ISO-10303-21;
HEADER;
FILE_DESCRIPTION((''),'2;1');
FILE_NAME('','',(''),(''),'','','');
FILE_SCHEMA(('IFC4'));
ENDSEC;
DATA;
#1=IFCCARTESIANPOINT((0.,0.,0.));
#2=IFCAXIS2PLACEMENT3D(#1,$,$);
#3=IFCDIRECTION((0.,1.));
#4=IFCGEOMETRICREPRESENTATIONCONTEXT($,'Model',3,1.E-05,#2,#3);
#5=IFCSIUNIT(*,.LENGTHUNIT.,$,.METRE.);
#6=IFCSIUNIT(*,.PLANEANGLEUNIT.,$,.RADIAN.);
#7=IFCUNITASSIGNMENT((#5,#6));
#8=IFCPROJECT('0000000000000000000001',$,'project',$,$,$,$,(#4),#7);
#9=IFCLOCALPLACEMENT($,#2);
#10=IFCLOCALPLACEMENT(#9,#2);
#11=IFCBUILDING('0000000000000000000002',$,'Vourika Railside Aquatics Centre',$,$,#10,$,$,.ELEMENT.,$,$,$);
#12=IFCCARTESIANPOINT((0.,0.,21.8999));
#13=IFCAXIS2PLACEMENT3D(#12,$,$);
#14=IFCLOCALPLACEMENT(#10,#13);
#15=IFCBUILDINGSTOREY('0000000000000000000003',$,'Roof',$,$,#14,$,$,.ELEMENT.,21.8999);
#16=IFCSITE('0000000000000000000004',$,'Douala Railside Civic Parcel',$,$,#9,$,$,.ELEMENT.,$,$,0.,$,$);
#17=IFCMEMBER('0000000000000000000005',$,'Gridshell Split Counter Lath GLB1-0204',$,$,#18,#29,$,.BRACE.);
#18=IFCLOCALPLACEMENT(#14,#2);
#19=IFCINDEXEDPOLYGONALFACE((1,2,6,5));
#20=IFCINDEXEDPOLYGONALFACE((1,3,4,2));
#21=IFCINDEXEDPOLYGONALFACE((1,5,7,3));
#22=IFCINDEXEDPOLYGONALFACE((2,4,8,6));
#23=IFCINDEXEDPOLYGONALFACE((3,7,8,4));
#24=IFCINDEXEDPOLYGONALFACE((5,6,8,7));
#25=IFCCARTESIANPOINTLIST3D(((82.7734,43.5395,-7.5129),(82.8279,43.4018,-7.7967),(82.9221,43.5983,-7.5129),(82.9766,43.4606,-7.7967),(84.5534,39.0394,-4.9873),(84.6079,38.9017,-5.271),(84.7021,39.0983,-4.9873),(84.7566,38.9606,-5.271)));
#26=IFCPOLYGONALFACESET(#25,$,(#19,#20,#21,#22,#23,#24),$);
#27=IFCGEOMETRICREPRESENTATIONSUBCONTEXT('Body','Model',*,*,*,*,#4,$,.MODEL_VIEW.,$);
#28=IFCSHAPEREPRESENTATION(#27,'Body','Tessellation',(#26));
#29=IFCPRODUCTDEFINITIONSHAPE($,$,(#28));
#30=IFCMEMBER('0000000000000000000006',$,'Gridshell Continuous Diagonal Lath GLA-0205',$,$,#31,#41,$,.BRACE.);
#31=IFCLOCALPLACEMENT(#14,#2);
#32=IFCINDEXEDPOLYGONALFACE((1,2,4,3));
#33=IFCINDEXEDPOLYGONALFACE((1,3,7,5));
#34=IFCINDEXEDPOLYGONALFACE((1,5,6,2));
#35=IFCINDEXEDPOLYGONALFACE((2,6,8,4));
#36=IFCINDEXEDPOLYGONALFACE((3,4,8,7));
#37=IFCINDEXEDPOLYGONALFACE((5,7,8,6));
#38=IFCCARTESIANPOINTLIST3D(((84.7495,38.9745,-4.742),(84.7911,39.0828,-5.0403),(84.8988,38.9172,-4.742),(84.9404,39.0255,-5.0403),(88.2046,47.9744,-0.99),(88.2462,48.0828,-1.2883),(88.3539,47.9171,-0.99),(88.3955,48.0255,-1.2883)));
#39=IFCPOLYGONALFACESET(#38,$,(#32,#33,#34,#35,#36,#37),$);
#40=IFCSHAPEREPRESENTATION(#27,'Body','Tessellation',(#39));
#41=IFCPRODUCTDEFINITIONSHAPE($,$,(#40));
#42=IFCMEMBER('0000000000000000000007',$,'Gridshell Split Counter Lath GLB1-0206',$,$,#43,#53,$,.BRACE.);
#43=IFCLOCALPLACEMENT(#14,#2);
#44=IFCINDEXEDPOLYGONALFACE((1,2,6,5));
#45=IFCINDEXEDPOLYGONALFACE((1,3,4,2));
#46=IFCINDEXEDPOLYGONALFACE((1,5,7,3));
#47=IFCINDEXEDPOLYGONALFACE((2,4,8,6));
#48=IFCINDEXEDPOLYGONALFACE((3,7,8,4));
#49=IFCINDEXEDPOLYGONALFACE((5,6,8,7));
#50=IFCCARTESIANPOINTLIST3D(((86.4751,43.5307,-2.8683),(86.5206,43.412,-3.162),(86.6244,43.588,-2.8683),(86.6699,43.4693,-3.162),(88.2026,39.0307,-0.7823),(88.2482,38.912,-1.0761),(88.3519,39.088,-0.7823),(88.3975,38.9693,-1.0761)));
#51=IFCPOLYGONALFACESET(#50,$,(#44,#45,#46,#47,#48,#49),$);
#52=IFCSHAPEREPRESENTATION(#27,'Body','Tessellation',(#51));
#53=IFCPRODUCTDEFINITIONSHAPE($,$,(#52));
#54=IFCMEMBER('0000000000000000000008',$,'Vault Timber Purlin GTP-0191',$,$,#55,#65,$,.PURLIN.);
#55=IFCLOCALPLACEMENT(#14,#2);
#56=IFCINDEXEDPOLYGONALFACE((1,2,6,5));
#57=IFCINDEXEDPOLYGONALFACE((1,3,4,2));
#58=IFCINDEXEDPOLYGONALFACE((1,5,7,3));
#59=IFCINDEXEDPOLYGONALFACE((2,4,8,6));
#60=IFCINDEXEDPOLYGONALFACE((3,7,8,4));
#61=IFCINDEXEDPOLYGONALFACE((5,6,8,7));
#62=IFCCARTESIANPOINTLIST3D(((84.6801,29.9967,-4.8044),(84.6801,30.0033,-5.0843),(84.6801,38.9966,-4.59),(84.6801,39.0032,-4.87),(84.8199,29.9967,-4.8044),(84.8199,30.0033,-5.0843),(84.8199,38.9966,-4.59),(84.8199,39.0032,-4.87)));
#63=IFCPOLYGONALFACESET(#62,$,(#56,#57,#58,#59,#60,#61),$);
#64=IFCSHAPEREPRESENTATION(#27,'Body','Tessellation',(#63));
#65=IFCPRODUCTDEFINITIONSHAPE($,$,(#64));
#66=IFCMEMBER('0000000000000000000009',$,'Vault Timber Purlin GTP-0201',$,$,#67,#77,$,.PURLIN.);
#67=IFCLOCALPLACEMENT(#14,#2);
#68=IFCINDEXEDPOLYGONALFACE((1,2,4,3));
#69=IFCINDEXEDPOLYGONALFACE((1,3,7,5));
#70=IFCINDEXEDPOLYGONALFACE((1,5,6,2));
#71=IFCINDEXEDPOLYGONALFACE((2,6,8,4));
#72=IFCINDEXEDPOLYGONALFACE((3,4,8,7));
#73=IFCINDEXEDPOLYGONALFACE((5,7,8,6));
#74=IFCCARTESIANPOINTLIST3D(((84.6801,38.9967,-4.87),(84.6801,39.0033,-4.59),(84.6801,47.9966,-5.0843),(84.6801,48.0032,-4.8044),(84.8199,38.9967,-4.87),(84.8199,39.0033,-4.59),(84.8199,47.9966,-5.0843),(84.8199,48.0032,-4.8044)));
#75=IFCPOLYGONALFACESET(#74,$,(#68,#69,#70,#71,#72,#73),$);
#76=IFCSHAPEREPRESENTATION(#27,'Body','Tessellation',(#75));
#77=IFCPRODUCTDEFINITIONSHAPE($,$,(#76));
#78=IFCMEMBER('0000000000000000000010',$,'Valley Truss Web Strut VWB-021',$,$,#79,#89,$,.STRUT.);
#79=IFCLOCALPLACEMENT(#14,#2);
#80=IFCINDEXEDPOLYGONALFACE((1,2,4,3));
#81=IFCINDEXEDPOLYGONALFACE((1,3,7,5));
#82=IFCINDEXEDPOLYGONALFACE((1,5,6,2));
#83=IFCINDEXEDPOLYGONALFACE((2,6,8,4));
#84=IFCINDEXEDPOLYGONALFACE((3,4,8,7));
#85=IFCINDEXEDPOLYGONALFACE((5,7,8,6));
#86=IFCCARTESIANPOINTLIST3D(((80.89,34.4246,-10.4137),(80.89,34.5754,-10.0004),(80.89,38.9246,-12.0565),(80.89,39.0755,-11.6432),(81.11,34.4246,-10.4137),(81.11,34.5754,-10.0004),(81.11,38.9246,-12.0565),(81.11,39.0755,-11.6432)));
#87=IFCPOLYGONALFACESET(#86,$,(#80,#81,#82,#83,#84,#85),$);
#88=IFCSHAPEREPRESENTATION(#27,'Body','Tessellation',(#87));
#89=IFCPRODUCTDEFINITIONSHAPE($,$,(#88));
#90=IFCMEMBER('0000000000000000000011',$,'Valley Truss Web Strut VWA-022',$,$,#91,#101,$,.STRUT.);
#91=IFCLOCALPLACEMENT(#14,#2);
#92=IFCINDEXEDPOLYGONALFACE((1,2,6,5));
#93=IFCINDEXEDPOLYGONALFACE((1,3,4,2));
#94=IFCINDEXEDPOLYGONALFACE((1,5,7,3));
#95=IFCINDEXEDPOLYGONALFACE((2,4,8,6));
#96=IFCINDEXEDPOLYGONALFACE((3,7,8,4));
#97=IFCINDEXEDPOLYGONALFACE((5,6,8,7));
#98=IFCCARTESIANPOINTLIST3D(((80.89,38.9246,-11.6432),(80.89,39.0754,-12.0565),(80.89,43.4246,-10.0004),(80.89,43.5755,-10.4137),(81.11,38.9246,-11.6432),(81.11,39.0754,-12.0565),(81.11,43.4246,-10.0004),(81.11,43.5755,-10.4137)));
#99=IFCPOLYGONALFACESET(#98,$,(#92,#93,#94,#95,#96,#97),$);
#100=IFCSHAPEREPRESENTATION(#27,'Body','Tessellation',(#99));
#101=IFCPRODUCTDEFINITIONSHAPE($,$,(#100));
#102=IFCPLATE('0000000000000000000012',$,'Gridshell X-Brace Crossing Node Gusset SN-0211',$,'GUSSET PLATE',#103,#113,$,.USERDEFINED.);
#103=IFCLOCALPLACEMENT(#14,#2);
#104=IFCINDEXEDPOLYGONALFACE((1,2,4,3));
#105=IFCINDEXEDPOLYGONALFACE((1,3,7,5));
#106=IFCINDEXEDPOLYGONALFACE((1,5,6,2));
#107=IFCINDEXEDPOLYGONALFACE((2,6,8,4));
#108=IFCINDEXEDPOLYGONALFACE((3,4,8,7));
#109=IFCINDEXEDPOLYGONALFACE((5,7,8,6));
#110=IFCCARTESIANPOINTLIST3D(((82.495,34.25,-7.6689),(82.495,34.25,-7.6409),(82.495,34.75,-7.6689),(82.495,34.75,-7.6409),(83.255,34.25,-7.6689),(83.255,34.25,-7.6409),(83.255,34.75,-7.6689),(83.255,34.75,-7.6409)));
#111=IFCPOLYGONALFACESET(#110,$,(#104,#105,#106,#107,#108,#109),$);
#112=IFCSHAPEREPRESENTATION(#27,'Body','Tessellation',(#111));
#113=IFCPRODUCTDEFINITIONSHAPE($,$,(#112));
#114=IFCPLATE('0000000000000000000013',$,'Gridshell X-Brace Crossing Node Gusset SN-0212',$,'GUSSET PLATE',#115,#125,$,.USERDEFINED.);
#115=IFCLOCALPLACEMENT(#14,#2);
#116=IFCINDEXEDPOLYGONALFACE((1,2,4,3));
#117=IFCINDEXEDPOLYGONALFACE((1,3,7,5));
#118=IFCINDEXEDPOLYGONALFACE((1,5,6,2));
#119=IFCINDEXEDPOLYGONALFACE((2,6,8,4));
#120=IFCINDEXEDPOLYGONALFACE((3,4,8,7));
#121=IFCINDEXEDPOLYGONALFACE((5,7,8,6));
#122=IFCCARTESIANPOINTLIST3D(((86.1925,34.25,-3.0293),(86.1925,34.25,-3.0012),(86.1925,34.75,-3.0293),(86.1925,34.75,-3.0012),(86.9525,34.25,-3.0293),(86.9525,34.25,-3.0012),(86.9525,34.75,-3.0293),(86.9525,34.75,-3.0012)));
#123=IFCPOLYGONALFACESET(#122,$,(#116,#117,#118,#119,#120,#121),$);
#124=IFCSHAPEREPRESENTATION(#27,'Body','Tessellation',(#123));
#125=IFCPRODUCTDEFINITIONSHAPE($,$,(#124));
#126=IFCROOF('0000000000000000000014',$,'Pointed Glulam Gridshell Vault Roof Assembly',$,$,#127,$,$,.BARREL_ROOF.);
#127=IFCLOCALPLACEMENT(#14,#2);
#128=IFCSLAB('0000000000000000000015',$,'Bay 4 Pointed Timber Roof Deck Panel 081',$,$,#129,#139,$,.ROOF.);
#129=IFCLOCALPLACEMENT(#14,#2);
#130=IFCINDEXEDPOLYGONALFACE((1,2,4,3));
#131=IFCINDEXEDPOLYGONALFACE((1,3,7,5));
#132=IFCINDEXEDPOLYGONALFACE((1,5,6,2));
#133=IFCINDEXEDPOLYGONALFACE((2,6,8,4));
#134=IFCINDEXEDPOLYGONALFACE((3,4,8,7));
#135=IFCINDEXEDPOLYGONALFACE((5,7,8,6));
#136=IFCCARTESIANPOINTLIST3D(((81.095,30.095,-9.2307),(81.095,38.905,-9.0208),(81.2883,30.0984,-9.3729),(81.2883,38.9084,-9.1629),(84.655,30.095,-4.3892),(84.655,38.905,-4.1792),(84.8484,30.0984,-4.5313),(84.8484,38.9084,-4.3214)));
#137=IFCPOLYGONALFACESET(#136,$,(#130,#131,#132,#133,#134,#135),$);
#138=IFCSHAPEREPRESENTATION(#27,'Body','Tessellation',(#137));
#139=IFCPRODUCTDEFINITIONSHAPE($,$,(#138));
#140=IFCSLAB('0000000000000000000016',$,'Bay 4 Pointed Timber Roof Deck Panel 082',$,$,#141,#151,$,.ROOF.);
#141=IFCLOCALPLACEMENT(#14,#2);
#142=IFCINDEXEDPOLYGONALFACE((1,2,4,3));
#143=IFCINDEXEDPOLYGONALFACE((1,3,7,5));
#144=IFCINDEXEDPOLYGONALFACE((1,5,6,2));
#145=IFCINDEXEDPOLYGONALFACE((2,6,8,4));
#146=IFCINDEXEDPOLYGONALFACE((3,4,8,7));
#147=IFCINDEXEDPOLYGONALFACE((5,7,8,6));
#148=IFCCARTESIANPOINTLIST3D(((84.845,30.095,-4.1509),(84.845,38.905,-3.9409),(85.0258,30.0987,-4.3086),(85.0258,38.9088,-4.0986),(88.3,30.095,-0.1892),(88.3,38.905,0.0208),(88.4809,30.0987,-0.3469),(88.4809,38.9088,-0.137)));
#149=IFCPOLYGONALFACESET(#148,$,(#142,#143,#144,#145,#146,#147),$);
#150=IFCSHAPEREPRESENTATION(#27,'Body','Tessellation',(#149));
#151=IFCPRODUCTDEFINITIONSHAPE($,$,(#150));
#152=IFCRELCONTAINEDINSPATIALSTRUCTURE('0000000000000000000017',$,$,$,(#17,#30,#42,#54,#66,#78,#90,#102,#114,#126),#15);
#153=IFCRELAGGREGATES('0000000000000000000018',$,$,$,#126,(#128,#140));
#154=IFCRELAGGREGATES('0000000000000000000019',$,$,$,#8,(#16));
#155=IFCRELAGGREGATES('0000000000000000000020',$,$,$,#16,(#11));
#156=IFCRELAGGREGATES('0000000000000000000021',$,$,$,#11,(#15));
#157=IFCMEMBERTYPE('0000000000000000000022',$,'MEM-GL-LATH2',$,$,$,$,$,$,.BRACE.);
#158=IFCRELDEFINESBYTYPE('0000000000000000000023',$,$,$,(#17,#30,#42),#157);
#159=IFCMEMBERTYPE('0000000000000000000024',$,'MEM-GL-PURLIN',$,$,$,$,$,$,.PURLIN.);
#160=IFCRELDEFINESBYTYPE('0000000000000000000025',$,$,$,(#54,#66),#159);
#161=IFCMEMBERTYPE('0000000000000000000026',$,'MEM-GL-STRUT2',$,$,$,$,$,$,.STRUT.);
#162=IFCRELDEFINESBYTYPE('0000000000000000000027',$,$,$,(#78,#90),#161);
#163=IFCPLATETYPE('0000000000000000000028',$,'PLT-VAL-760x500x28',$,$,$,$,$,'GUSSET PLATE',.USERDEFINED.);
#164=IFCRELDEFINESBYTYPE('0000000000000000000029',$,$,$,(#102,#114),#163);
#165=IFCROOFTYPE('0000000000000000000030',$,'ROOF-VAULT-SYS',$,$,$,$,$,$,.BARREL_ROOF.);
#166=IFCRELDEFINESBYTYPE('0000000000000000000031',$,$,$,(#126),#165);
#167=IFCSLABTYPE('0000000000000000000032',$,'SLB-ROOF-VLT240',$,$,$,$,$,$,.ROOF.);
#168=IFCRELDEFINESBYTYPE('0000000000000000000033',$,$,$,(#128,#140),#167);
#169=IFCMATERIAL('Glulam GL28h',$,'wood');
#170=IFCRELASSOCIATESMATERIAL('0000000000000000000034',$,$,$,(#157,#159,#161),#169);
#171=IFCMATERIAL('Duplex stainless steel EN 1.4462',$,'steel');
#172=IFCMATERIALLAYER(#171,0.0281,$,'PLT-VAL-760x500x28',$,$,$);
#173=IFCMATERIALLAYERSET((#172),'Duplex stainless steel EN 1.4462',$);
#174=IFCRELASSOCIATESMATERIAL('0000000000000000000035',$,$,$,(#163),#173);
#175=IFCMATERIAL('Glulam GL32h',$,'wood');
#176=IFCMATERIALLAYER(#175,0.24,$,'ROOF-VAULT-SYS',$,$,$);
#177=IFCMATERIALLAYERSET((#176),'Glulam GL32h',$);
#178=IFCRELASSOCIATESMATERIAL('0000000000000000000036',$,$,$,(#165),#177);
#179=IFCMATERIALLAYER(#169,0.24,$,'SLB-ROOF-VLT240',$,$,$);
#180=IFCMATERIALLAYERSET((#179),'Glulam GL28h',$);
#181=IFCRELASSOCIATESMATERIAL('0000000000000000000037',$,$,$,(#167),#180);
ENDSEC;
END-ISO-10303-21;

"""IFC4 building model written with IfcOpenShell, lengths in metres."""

from ifc_helpers import new_model, si_unit, direction, frame, origin, origin_2d, place, context, subcontext, project, spatial, polyline, rectangle, outline, extrude, material, layer, layer_set, material_profile, profile_set, type_object, element, aggregate, save


model = new_model("IFC4")

# Units and contexts
model_context = context("Model", 3, precision=1e-05, world=origin(), true_north=direction((0.0, 1.0)))
body_context = subcontext(model_context, "Body", "Model", "MODEL_VIEW")
ifc_project = project(units=[si_unit("LENGTHUNIT", "METRE"), si_unit("PLANEANGLEUNIT", "RADIAN")], contexts=[model_context])

# Site, building, storey
site_placement = place(None, origin())
site = spatial("IfcSite", under=ifc_project, at=site_placement, Name="Douala Railside Civic Parcel", CompositionType="ELEMENT", RefElevation=0.0)
building_placement = place(site_placement, origin())
building = spatial("IfcBuilding", under=site, at=building_placement, Name="Vourika Railside Aquatics Centre", CompositionType="ELEMENT")
storey_placement = place(building_placement, frame((0.0, 0.0, 21.8999)))
storey = spatial("IfcBuildingStorey", under=building, at=storey_placement, Name="Roof", CompositionType="ELEMENT", Elevation=21.8999)

# Shared definitions
ifc_material_1 = material(Name="Glulam GL32h", Category="wood")

# Members
ifc_material_2 = material(Name="Glulam GL28h", Category="wood")
ifc_material_profile_1 = material_profile(ifc_material_2, rectangle(XDim=0.1599, YDim=0.3201, at=origin_2d()), Name="GL28h 160x320")
ifc_profile_set_1 = profile_set([ifc_material_profile_1], Name="Glulam GL28h")
member_type_1 = type_object("IfcMemberType", Name="MEM-GL-LATH2", PredefinedType="BRACE", material=ifc_profile_set_1)
member_1_placement = place(storey_placement, frame((84.655, 39.0, -5.1292), z_axis=(-0.326091, 0.824373, -0.462681), x_axis=(-0.929893, -0.36783, 0.0)))
element("IfcMember", 1, at=member_1_placement, inside=storey, type_object=member_type_1, Name="Gridshell Split Counter Lath GLB1-0204", PredefinedType="BRACE", context=body_context, shape_type="SweptSolid", body=[
    extrude(rectangle(XDim=0.1599, YDim=0.3201, at=origin_2d()), origin(), (0.0, 0.0, 1.0), 5.4587),
])
member_2_placement = place(storey_placement, frame((84.845, 39.0, -4.8911), z_axis=(0.333992, 0.870003, 0.36269), x_axis=(-0.93357, 0.358395, 0.0)))
element("IfcMember", 2, at=member_2_placement, inside=storey, type_object=member_type_1, Name="Gridshell Continuous Diagonal Lath GLA-0205", PredefinedType="BRACE", context=body_context, shape_type="SweptSolid", body=[
    extrude(rectangle(XDim=0.1599, YDim=0.3201, at=origin_2d()), origin(), (0.0, 0.0, 1.0), 10.3447),
])
member_3_placement = place(storey_placement, frame((88.3, 39.0, -0.9292), z_axis=(-0.328918, 0.856785, -0.397156), x_axis=(-0.93357, -0.358395, 0.0)))
element("IfcMember", 3, at=member_3_placement, inside=storey, type_object=member_type_1, Name="Gridshell Split Counter Lath GLB1-0206", PredefinedType="BRACE", context=body_context, shape_type="SweptSolid", body=[
    extrude(rectangle(XDim=0.1599, YDim=0.3201, at=origin_2d()), origin(), (0.0, 0.0, 1.0), 5.2522),
])
ifc_material_profile_2 = material_profile(ifc_material_2, rectangle(XDim=0.1399, YDim=0.28, at=origin_2d()), Name="GL28h 140x280")
ifc_profile_set_2 = profile_set([ifc_material_profile_2], Name="Glulam GL28h")
member_type_2 = type_object("IfcMemberType", Name="MEM-GL-PURLIN", PredefinedType="PURLIN", material=ifc_profile_set_2)
for number, where, z_axis, x_axis, name in (
    (4, (84.75, 30.0, -4.9443), (0.0, 0.999716, 0.023811), (-1.0, 0.0, 0.0), "Vault Timber Purlin GTP-0191"),
    (5, (84.75, 39.0, -4.73), (0.0, 0.999716, -0.023811), (-1.0, 0.0, 0.0), "Vault Timber Purlin GTP-0201"),
):
    element("IfcMember", number, at=place(storey_placement, frame(where, z_axis=z_axis, x_axis=x_axis)), inside=storey, type_object=member_type_2, Name=name, PredefinedType="PURLIN", context=body_context, shape_type="SweptSolid", body=[
        extrude(rectangle(XDim=0.1399, YDim=0.28, at=origin_2d()), origin(), (0.0, 0.0, 1.0), 9.0024),
    ])
ifc_material_profile_3 = material_profile(ifc_material_2, rectangle(XDim=0.22, YDim=0.4399, at=origin_2d()), Name="GL28h 220x440")
ifc_profile_set_3 = profile_set([ifc_material_profile_3], Name="Glulam GL28h")
member_type_3 = type_object("IfcMemberType", Name="MEM-GL-STRUT2", PredefinedType="STRUT", material=ifc_profile_set_3)
for number, where, z_axis, x_axis, name in (
    (6, (81.0, 34.5, -10.207), (0.0, 0.93936, -0.342934), (-1.0, 0.0, 0.0), "Valley Truss Web Strut VWB-021"),
    (7, (81.0, 39.0, -11.8499), (0.0, 0.93936, 0.342934), (-1.0, 0.0, 0.0), "Valley Truss Web Strut VWA-022"),
):
    element("IfcMember", number, at=place(storey_placement, frame(where, z_axis=z_axis, x_axis=x_axis)), inside=storey, type_object=member_type_3, Name=name, PredefinedType="STRUT", context=body_context, shape_type="SweptSolid", body=[
        extrude(rectangle(XDim=0.22, YDim=0.4399, at=origin_2d()), origin(), (0.0, 0.0, 1.0), 4.7905),
    ])

# Plates
ifc_material_3 = material(Name="Duplex stainless steel EN 1.4462", Category="steel")
ifc_layer_1 = layer(ifc_material_3, 0.0281, Name="PLT-VAL-760x500x28")
ifc_layer_set_1 = layer_set([ifc_layer_1], Name="Duplex stainless steel EN 1.4462")
plate_type = type_object("IfcPlateType", Name="PLT-VAL-760x500x28", ElementType="GUSSET PLATE", PredefinedType="USERDEFINED", material=ifc_layer_set_1)
for number, where, z_axis, x_axis, name in (
    (8, (82.875, 34.5, -7.6689), (0.0, 0.0, 1.0), (1.0, 0.0, 0.0), "Gridshell X-Brace Crossing Node Gusset SN-0211"),
    (9, (86.5725, 34.5, -3.0293), (0.0, 0.0, 1.0), (1.0, 0.0, 0.0), "Gridshell X-Brace Crossing Node Gusset SN-0212"),
):
    element("IfcPlate", number, at=place(storey_placement, frame(where, z_axis=z_axis, x_axis=x_axis)), inside=storey, type_object=plate_type, Name=name, ObjectType="GUSSET PLATE", PredefinedType="USERDEFINED", context=body_context, shape_type="SweptSolid", body=[
        extrude(rectangle(XDim=0.76, YDim=0.5, at=origin_2d()), origin(), (0.0, 0.0, 1.0), 0.0281),
    ])

# Roof, slabs
ifc_layer_2 = layer(ifc_material_1, 0.24, Name="ROOF-VAULT-SYS")
ifc_layer_set_2 = layer_set([ifc_layer_2], Name="Glulam GL32h")
roof_type = type_object("IfcRoofType", Name="ROOF-VAULT-SYS", PredefinedType="BARREL_ROOF", material=ifc_layer_set_2)
roof_placement = place(storey_placement, origin())
roof = element("IfcRoof", 10, at=roof_placement, inside=storey, type_object=roof_type, Name="Pointed Glulam Gridshell Vault Roof Assembly", PredefinedType="BARREL_ROOF")
ifc_layer_3 = layer(ifc_material_2, 0.24, Name="SLB-ROOF-VLT240")
ifc_layer_set_3 = layer_set([ifc_layer_3], Name="Glulam GL28h")
slab_type = type_object("IfcSlabType", Name="SLB-ROOF-VLT240", PredefinedType="ROOF", material=ifc_layer_set_3)
slab_1_placement = place(storey_placement, frame((81.095, 30.095, -9.2307), z_axis=(-0.805563, -0.014117, 0.592342), x_axis=(0.592401, 0.0, 0.805644)))
slab_1 = element("IfcSlab", 11, at=slab_1_placement, type_object=slab_type, Name="Bay 4 Pointed Timber Roof Deck Panel 081", PredefinedType="ROOF", context=body_context, shape_type="SweptSolid", body=[
    extrude(outline(polyline([(0.0, 0.0), (6.0095, 0.0), (6.1787, 8.8109), (0.1692, 8.8109), (0.0, 0.0)])), origin(), (0.0, 0.0, -1.0), 0.24),
])
slab_2_placement = place(storey_placement, frame((84.845, 30.095, -4.1509), z_axis=(-0.753556, -0.015662, 0.657197), x_axis=(0.657277, 0.0, 0.753649)))
slab_2 = element("IfcSlab", 12, at=slab_2_placement, type_object=slab_type, Name="Bay 4 Pointed Timber Roof Deck Panel 082", PredefinedType="ROOF", context=body_context, shape_type="SweptSolid", body=[
    extrude(outline(polyline([(0.0, 0.0), (5.2567, 0.0), (5.4149, 8.8111), (0.1582, 8.8111), (0.0, 0.0)])), origin(), (0.0, 0.0, -1.0), 0.24),
])
aggregate(roof, [slab_1, slab_2])

save(model, "model.ifc")
